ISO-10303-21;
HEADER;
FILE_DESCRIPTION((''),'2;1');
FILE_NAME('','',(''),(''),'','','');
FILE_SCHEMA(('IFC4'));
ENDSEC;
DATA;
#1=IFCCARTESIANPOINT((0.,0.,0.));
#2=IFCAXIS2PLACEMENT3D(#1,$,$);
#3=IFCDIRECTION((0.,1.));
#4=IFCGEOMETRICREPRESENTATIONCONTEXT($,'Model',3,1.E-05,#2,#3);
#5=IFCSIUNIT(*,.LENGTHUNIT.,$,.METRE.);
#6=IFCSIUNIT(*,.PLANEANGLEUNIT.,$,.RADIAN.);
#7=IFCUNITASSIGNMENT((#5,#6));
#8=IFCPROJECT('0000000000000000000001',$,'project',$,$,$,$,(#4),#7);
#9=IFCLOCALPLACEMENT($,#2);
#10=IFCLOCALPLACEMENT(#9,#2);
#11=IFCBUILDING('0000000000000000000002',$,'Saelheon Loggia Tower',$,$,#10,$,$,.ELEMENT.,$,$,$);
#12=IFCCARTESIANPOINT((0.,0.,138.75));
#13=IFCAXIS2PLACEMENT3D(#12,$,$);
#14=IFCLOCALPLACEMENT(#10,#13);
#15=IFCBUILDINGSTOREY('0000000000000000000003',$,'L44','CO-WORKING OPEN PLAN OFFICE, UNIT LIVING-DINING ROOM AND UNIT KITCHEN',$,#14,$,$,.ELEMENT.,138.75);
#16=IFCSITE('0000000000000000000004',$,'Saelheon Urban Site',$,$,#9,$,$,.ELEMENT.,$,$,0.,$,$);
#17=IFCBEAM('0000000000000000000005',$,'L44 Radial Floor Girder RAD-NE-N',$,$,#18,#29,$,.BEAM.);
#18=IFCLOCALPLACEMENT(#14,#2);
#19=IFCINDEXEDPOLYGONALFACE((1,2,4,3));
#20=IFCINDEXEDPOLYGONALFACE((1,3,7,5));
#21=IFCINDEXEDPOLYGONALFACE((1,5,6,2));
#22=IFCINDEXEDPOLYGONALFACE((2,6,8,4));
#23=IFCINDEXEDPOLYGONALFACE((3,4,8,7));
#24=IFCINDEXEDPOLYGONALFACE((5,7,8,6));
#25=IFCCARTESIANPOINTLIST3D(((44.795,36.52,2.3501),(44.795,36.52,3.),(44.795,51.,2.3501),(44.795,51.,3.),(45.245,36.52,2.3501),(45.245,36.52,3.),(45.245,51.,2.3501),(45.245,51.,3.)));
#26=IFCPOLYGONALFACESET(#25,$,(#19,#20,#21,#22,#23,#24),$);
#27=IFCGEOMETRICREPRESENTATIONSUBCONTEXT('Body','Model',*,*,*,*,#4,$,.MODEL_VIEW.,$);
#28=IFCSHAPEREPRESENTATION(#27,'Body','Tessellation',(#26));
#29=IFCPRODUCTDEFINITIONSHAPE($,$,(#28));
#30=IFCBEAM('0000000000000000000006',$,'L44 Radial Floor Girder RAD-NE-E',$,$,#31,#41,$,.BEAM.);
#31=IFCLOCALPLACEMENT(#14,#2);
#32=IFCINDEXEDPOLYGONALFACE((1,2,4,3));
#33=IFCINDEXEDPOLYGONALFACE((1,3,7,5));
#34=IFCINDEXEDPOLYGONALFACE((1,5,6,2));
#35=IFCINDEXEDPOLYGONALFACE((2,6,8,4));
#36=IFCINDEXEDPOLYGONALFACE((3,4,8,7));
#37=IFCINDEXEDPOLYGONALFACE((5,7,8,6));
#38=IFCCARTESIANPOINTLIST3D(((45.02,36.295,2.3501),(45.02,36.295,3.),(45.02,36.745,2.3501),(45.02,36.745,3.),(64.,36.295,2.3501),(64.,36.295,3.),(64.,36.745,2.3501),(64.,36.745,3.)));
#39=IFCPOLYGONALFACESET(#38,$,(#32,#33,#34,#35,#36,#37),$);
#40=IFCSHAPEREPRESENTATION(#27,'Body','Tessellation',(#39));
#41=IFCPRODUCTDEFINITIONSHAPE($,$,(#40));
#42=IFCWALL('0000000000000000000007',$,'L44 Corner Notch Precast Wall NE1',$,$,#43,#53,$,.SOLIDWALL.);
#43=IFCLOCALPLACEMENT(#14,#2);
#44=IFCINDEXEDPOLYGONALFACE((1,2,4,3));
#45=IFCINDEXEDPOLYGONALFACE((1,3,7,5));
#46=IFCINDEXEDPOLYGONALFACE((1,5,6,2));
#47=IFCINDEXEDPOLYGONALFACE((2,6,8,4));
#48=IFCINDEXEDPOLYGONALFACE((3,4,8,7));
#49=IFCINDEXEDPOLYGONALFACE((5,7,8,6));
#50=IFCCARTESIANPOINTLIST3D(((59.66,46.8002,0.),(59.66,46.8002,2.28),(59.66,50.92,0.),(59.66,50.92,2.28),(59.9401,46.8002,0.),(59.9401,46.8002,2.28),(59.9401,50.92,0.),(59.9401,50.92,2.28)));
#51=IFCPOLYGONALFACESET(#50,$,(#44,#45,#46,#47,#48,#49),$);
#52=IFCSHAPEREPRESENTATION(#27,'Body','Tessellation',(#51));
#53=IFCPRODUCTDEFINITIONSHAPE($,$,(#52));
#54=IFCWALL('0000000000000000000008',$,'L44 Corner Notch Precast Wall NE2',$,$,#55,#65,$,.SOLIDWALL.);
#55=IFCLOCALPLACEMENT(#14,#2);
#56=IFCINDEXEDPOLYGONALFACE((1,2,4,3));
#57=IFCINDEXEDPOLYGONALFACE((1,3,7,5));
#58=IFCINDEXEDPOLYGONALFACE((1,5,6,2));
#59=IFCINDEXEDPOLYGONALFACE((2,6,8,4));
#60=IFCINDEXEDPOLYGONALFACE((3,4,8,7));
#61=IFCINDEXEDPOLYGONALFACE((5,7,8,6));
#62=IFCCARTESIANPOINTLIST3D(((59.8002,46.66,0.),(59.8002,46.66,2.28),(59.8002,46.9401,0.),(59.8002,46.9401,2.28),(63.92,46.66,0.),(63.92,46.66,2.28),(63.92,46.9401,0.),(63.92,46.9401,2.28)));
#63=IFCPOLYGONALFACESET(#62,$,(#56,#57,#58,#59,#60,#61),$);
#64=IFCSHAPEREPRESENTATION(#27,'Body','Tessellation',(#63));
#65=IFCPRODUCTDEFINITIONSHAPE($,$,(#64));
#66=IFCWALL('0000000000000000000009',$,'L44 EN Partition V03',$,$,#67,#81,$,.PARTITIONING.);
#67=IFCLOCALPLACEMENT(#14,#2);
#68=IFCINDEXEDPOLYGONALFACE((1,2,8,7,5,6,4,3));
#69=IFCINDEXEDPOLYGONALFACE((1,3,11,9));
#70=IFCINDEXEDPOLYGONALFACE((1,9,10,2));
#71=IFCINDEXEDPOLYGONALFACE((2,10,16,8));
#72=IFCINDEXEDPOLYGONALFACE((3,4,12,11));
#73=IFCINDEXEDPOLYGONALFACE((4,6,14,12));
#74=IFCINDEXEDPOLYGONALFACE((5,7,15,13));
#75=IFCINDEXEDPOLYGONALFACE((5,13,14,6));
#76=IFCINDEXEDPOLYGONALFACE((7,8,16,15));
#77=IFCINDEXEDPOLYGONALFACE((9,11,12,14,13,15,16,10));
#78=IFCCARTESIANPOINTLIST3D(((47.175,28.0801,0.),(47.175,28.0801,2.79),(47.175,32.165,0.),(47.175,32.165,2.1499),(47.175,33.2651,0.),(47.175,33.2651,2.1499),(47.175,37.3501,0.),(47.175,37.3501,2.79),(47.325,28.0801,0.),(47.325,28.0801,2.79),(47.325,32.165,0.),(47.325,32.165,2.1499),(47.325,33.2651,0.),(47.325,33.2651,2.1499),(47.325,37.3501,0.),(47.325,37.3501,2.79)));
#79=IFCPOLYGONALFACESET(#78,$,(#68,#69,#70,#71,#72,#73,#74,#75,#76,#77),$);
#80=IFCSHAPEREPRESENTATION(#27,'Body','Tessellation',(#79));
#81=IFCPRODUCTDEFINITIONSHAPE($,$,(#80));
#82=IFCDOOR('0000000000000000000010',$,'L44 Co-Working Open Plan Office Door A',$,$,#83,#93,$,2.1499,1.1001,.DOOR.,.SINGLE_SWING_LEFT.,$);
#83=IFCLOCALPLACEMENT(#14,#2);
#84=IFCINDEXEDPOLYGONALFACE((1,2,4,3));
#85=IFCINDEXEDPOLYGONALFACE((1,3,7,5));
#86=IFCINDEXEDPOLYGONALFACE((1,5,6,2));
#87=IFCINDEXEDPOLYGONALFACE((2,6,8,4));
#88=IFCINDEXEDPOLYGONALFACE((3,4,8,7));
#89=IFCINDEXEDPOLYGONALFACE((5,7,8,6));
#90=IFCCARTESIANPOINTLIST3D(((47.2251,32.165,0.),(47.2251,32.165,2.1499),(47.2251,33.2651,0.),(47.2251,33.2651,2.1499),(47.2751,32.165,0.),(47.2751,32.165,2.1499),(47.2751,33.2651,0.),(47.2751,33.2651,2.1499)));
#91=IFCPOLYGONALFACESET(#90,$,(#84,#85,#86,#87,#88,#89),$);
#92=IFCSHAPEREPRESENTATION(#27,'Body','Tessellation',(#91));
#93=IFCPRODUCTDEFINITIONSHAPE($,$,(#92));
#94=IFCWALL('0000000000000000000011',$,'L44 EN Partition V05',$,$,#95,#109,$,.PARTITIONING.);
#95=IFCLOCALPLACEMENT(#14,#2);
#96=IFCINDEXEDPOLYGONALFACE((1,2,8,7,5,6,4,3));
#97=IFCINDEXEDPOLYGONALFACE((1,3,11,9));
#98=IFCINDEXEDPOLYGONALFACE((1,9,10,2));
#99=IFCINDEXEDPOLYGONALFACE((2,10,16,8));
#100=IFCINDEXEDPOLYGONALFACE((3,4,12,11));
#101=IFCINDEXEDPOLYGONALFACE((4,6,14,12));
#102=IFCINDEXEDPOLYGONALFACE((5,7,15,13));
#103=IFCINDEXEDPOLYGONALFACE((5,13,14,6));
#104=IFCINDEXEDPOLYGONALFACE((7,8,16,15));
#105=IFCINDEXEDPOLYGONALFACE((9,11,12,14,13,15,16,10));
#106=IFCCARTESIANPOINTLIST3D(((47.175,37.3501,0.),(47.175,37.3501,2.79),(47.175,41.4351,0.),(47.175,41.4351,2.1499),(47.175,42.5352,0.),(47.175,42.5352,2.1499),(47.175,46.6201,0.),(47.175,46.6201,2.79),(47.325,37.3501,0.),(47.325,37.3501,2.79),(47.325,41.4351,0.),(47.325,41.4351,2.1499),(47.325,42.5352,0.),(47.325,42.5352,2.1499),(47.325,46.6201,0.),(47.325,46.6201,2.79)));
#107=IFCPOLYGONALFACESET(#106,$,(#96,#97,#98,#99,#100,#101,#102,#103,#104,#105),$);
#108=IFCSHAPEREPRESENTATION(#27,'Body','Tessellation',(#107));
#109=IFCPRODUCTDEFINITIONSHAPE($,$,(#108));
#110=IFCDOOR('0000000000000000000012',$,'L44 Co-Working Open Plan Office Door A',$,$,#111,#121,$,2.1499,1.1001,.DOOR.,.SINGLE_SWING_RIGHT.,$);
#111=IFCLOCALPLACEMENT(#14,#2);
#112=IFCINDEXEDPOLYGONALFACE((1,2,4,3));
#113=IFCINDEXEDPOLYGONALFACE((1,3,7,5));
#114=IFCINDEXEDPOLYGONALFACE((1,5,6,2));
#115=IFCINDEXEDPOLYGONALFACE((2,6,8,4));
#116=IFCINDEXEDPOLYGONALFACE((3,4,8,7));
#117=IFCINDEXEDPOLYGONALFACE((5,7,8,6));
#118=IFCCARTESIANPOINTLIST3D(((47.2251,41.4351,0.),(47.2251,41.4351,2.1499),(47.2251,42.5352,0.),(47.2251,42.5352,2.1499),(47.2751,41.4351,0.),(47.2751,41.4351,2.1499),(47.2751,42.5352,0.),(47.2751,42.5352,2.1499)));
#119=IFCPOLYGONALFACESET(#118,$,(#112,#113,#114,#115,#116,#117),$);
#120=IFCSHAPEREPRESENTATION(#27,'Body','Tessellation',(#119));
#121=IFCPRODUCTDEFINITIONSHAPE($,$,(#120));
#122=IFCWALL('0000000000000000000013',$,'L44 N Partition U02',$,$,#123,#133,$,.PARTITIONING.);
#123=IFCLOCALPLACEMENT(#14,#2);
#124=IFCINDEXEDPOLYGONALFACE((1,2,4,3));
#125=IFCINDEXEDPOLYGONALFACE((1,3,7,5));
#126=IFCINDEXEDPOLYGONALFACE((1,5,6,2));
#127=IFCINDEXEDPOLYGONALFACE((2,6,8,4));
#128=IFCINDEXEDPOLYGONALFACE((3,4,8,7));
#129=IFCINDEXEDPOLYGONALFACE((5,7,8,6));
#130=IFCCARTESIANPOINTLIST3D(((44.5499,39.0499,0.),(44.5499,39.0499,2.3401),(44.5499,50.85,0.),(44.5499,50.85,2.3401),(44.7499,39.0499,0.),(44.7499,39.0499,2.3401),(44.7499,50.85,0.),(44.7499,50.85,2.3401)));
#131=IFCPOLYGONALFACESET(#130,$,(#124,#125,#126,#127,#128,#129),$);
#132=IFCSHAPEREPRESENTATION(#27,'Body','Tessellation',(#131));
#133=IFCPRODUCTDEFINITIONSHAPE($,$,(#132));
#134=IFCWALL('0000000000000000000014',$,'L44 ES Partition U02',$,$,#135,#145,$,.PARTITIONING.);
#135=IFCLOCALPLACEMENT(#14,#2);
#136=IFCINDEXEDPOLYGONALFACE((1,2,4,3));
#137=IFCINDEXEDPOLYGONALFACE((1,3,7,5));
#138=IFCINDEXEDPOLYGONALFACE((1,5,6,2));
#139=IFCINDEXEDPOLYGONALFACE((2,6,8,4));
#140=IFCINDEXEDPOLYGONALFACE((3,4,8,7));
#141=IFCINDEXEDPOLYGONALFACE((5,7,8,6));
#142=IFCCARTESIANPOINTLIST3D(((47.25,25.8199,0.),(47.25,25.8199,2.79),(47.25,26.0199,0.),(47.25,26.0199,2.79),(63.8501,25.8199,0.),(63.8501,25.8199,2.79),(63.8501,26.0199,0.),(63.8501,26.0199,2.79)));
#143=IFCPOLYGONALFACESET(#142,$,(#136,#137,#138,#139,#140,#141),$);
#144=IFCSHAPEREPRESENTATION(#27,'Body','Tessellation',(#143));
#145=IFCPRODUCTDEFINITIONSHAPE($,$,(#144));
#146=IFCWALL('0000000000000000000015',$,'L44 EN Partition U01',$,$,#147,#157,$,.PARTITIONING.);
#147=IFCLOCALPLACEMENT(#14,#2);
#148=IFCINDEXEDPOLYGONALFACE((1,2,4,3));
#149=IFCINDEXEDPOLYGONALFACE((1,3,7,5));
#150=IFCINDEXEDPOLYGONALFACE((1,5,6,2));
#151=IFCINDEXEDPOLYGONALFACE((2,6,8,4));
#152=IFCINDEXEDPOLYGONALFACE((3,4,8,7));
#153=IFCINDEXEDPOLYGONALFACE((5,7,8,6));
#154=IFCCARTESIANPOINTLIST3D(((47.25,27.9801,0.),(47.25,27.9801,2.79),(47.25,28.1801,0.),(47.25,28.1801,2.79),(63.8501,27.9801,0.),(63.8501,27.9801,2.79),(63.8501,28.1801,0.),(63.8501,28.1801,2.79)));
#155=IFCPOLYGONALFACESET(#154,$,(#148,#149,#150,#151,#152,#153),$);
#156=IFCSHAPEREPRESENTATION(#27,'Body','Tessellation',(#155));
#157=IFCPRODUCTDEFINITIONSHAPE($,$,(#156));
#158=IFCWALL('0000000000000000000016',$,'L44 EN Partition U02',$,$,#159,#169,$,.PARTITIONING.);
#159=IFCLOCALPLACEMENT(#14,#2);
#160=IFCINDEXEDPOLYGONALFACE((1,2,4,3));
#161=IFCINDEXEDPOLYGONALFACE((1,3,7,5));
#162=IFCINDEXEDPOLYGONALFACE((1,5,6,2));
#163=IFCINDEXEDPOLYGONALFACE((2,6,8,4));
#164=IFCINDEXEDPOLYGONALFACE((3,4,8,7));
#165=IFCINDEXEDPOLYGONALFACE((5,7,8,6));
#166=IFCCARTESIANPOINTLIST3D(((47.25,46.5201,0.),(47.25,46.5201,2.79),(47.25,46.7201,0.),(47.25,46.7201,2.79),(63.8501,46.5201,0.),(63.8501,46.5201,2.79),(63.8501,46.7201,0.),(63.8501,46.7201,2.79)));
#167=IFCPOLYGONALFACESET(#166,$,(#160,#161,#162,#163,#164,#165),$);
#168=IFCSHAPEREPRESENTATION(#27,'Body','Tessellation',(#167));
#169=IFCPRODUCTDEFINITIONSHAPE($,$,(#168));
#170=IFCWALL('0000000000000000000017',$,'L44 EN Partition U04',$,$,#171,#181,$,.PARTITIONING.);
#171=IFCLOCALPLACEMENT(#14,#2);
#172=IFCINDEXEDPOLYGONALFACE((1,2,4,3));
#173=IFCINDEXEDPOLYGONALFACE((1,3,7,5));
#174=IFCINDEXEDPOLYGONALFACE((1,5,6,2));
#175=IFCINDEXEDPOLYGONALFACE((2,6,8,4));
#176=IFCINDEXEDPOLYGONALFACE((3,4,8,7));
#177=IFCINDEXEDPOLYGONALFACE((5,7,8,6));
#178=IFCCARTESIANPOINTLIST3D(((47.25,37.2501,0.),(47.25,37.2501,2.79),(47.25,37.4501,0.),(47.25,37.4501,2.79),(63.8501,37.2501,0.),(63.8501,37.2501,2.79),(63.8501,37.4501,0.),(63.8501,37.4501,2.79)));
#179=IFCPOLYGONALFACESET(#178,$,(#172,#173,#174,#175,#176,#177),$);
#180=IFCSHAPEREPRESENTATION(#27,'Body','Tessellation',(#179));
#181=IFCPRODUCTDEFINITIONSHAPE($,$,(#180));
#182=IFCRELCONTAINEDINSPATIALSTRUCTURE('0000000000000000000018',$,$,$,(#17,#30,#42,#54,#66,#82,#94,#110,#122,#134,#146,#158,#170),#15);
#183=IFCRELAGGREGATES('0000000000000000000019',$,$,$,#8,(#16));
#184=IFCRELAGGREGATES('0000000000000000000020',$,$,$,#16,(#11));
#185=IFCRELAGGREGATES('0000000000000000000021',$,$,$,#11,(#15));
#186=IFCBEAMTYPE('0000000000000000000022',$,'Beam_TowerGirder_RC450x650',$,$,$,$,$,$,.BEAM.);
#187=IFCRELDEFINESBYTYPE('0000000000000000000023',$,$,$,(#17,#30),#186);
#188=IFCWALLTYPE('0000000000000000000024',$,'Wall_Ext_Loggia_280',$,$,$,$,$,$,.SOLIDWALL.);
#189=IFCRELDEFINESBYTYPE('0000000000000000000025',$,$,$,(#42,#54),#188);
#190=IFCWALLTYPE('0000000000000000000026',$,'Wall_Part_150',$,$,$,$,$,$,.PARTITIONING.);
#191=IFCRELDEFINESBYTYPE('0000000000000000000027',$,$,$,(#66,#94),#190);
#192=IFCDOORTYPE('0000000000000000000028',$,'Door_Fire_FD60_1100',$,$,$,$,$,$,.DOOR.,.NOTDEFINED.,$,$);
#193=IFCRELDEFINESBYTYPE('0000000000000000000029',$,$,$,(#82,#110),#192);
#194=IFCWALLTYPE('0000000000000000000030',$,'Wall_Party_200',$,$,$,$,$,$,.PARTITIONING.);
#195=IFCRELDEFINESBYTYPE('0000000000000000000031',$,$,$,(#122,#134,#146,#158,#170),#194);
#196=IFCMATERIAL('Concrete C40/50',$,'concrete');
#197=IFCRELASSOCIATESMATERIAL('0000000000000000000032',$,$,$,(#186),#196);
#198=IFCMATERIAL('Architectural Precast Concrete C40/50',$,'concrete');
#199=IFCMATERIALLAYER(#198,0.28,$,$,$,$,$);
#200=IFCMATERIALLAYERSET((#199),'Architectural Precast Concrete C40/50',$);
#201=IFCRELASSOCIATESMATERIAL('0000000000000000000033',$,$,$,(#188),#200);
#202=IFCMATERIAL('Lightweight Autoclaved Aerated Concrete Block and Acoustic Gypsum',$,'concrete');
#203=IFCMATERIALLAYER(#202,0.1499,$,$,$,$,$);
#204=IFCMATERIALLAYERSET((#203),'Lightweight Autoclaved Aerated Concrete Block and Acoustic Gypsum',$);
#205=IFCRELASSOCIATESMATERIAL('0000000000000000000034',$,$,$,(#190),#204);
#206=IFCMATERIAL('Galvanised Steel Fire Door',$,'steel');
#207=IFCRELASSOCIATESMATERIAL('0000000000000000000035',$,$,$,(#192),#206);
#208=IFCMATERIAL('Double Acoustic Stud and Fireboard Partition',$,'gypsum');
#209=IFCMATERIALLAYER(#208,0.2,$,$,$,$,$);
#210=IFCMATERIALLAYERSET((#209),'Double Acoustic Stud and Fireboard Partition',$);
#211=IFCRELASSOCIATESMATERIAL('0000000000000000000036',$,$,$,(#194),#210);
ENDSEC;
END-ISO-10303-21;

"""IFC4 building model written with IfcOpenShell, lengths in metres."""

from ifc_helpers import new_model, si_unit, direction, frame, frame_2d, origin, origin_2d, place, context, subcontext, project, spatial, rectangle, extrude, source, transform, mapped, material, layer, layer_set, material_profile, profile_set, type_object, element, fill, save


model = new_model("IFC4")

# Units and contexts
model_context = context("Model", 3, precision=1e-05, world=origin(), true_north=direction((0.0, 1.0)))
body_context = subcontext(model_context, "Body", "Model", "MODEL_VIEW")
ifc_project = project(units=[si_unit("LENGTHUNIT", "METRE"), si_unit("PLANEANGLEUNIT", "RADIAN")], contexts=[model_context])

# Site, building, storey
site_placement = place(None, origin())
site = spatial("IfcSite", under=ifc_project, at=site_placement, Name="Saelheon Urban Site", CompositionType="ELEMENT", RefElevation=0.0)
building_placement = place(site_placement, origin())
building = spatial("IfcBuilding", under=site, at=building_placement, Name="Saelheon Loggia Tower", CompositionType="ELEMENT")
storey_placement = place(building_placement, frame((0.0, 0.0, 138.75)))
storey = spatial("IfcBuildingStorey", under=building, at=storey_placement, Name="L44", Description="CO-WORKING OPEN PLAN OFFICE, UNIT LIVING-DINING ROOM AND UNIT KITCHEN", CompositionType="ELEMENT", Elevation=138.75)

# Beams
ifc_material_1 = material(Name="Concrete C40/50", Category="concrete")
ifc_material_profile_1 = material_profile(ifc_material_1, rectangle(XDim=0.45, YDim=0.6499, at=origin_2d()), Name="RC-450x650")
ifc_profile_set_1 = profile_set([ifc_material_profile_1], Name="Concrete C40/50")
beam_type_1 = type_object("IfcBeamType", Name="Beam_TowerGirder_RC450x650", PredefinedType="BEAM", material=ifc_profile_set_1)
shared_shape_1 = source(origin(), body_context, "Body", "SweptSolid", [
    extrude(rectangle(XDim=0.45, YDim=0.6499, at=origin_2d()), origin(), (0.0, 0.0, 1.0), 14.48),
])
beam_1_placement = place(storey_placement, frame((45.02, 36.52, 2.675), z_axis=(0.0, 1.0, 0.0), x_axis=(-1.0, 0.0, 0.0)))
element("IfcBeam", 1, at=beam_1_placement, inside=storey, type_object=beam_type_1, Name="L44 Radial Floor Girder RAD-NE-N", PredefinedType="BEAM", context=body_context, shape_type="MappedRepresentation", body=[
    mapped(shared_shape_1, transform((0.0, 0.0, 0.0), scale=1.0)),
])
shared_shape_2 = source(origin(), body_context, "Body", "SweptSolid", [
    extrude(rectangle(XDim=0.45, YDim=0.6499, at=origin_2d()), origin(), (0.0, 0.0, 1.0), 18.98),
])
beam_2_placement = place(storey_placement, frame((45.02, 36.52, 2.675), z_axis=(1.0, 0.0, 0.0), x_axis=(0.0, 1.0, 0.0)))
element("IfcBeam", 2, at=beam_2_placement, inside=storey, type_object=beam_type_1, Name="L44 Radial Floor Girder RAD-NE-E", PredefinedType="BEAM", context=body_context, shape_type="MappedRepresentation", body=[
    mapped(shared_shape_2, transform((0.0, 0.0, 0.0), scale=1.0)),
])

# Walls
ifc_material_2 = material(Name="Architectural Precast Concrete C40/50", Category="concrete")
ifc_layer_1 = layer(ifc_material_2, 0.28)
ifc_layer_set_1 = layer_set([ifc_layer_1], Name="Architectural Precast Concrete C40/50")
wall_type_1 = type_object("IfcWallType", Name="Wall_Ext_Loggia_280", PredefinedType="SOLIDWALL", material=ifc_layer_set_1)
for number, where, z_axis, x_axis, name in (
    (3, (59.8, 46.8, 0.0), (0.0, 0.0, 1.0), (0.0, 1.0, 0.0), "L44 Corner Notch Precast Wall NE1"),
    (4, (59.8, 46.8, 0.0), (0.0, 0.0, 1.0), (1.0, 0.0, 0.0), "L44 Corner Notch Precast Wall NE2"),
):
    element("IfcWall", number, at=place(storey_placement, frame(where, z_axis=z_axis, x_axis=x_axis)), inside=storey, type_object=wall_type_1, Name=name, PredefinedType="SOLIDWALL", context=body_context, shape_type="SweptSolid", body=[
        extrude(rectangle(XDim=4.1199, YDim=0.28, at=frame_2d((2.0601, 0.0))), origin(), (0.0, 0.0, 1.0), 2.28),
    ])

# Walls, openings, doors
ifc_material_3 = material(Name="Lightweight Autoclaved Aerated Concrete Block and Acoustic Gypsum", Category="concrete")
ifc_layer_2 = layer(ifc_material_3, 0.1499)
ifc_layer_set_2 = layer_set([ifc_layer_2], Name="Lightweight Autoclaved Aerated Concrete Block and Acoustic Gypsum")
wall_type_2 = type_object("IfcWallType", Name="Wall_Part_150", PredefinedType="PARTITIONING", material=ifc_layer_set_2)
wall_1_placement = place(storey_placement, frame((47.25, 28.0801, 0.0), z_axis=(0.0, 0.0, 1.0), x_axis=(0.0, 1.0, 0.0)))
wall_1 = element("IfcWall", 5, at=wall_1_placement, inside=storey, type_object=wall_type_2, Name="L44 EN Partition V03", PredefinedType="PARTITIONING", context=body_context, shape_type="SweptSolid", body=[
    extrude(rectangle(XDim=9.27, YDim=0.1499, at=frame_2d((4.635, 0.0))), origin(), (0.0, 0.0, 1.0), 2.79),
])
opening_1_placement = place(wall_1_placement, frame((4.085, 0.0, 0.0)))
opening_1 = element("IfcOpeningElement", 6, at=opening_1_placement, cuts=wall_1, PredefinedType="OPENING", context=body_context, shape_type="SweptSolid", body=[
    extrude(rectangle(XDim=1.1001, YDim=2.1499, at=frame_2d((0.55, 1.075))), frame((0.0, 0.0869, 0.0), z_axis=(0.0, -1.0, 0.0), x_axis=(1.0, 0.0, 0.0)), (0.0, 0.0, 1.0), 0.1738),
])
ifc_material_4 = material(Name="Galvanised Steel Fire Door", Category="steel")
door_type = type_object("IfcDoorType", Name="Door_Fire_FD60_1100", OperationType="NOTDEFINED", PredefinedType="DOOR", material=ifc_material_4)
shared_shape_3 = source(origin(), body_context, "Body", "SweptSolid", [
    extrude(rectangle(XDim=1.1001, YDim=2.1499, at=frame_2d((0.55, 1.075))), frame((0.0, 0.0249, 0.0), z_axis=(0.0, -1.0, 0.0), x_axis=(1.0, 0.0, 0.0)), (0.0, 0.0, 1.0), 0.05),
])
door_1_placement = place(opening_1_placement, origin())
door_1 = element("IfcDoor", 7, at=door_1_placement, inside=storey, type_object=door_type, Name="L44 Co-Working Open Plan Office Door A", OperationType="SINGLE_SWING_LEFT", OverallHeight=2.1499, OverallWidth=1.1001, PredefinedType="DOOR", context=body_context, shape_type="MappedRepresentation", body=[
    mapped(shared_shape_3, transform((0.0, 0.0, 0.0), scale=1.0)),
])
fill(opening_1, door_1)
wall_2_placement = place(storey_placement, frame((47.25, 37.3501, 0.0), z_axis=(0.0, 0.0, 1.0), x_axis=(0.0, 1.0, 0.0)))
wall_2 = element("IfcWall", 8, at=wall_2_placement, inside=storey, type_object=wall_type_2, Name="L44 EN Partition V05", PredefinedType="PARTITIONING", context=body_context, shape_type="SweptSolid", body=[
    extrude(rectangle(XDim=9.27, YDim=0.1499, at=frame_2d((4.635, 0.0))), origin(), (0.0, 0.0, 1.0), 2.79),
])
opening_2_placement = place(wall_2_placement, frame((4.085, 0.0, 0.0)))
opening_2 = element("IfcOpeningElement", 9, at=opening_2_placement, cuts=wall_2, PredefinedType="OPENING", context=body_context, shape_type="SweptSolid", body=[
    extrude(rectangle(XDim=1.1001, YDim=2.1499, at=frame_2d((0.55, 1.075))), frame((0.0, 0.0869, 0.0), z_axis=(0.0, -1.0, 0.0), x_axis=(1.0, 0.0, 0.0)), (0.0, 0.0, 1.0), 0.1738),
])
door_2_placement = place(opening_2_placement, origin())
door_2 = element("IfcDoor", 10, at=door_2_placement, inside=storey, type_object=door_type, Name="L44 Co-Working Open Plan Office Door A", OperationType="SINGLE_SWING_RIGHT", OverallHeight=2.1499, OverallWidth=1.1001, PredefinedType="DOOR", context=body_context, shape_type="MappedRepresentation", body=[
    mapped(shared_shape_3, transform((0.0, 0.0, 0.0), scale=1.0)),
])
fill(opening_2, door_2)

# Walls
ifc_material_5 = material(Name="Double Acoustic Stud and Fireboard Partition", Category="gypsum")
ifc_layer_3 = layer(ifc_material_5, 0.2)
ifc_layer_set_3 = layer_set([ifc_layer_3], Name="Double Acoustic Stud and Fireboard Partition")
wall_type_3 = type_object("IfcWallType", Name="Wall_Party_200", PredefinedType="PARTITIONING", material=ifc_layer_set_3)
wall_3_placement = place(storey_placement, frame((44.6499, 39.05, 0.0), z_axis=(0.0, 0.0, 1.0), x_axis=(0.0, 1.0, 0.0)))
element("IfcWall", 11, at=wall_3_placement, inside=storey, type_object=wall_type_3, Name="L44 N Partition U02", PredefinedType="PARTITIONING", context=body_context, shape_type="SweptSolid", body=[
    extrude(rectangle(XDim=11.8, YDim=0.2, at=frame_2d((5.8999, 0.0))), origin(), (0.0, 0.0, 1.0), 2.3401),
])
for number, where, z_axis, x_axis, name in (
    (12, (47.25, 25.9199, 0.0), (0.0, 0.0, 1.0), (1.0, 0.0, 0.0), "L44 ES Partition U02"),
    (13, (47.25, 28.0801, 0.0), (0.0, 0.0, 1.0), (1.0, 0.0, 0.0), "L44 EN Partition U01"),
    (14, (47.25, 46.6201, 0.0), (0.0, 0.0, 1.0), (1.0, 0.0, 0.0), "L44 EN Partition U02"),
    (15, (47.25, 37.3501, 0.0), (0.0, 0.0, 1.0), (1.0, 0.0, 0.0), "L44 EN Partition U04"),
):
    element("IfcWall", number, at=place(storey_placement, frame(where, z_axis=z_axis, x_axis=x_axis)), inside=storey, type_object=wall_type_3, Name=name, PredefinedType="PARTITIONING", context=body_context, shape_type="SweptSolid", body=[
        extrude(rectangle(XDim=16.6001, YDim=0.2, at=frame_2d((8.3, 0.0))), origin(), (0.0, 0.0, 1.0), 2.79),
    ])

save(model, "model.ifc")
